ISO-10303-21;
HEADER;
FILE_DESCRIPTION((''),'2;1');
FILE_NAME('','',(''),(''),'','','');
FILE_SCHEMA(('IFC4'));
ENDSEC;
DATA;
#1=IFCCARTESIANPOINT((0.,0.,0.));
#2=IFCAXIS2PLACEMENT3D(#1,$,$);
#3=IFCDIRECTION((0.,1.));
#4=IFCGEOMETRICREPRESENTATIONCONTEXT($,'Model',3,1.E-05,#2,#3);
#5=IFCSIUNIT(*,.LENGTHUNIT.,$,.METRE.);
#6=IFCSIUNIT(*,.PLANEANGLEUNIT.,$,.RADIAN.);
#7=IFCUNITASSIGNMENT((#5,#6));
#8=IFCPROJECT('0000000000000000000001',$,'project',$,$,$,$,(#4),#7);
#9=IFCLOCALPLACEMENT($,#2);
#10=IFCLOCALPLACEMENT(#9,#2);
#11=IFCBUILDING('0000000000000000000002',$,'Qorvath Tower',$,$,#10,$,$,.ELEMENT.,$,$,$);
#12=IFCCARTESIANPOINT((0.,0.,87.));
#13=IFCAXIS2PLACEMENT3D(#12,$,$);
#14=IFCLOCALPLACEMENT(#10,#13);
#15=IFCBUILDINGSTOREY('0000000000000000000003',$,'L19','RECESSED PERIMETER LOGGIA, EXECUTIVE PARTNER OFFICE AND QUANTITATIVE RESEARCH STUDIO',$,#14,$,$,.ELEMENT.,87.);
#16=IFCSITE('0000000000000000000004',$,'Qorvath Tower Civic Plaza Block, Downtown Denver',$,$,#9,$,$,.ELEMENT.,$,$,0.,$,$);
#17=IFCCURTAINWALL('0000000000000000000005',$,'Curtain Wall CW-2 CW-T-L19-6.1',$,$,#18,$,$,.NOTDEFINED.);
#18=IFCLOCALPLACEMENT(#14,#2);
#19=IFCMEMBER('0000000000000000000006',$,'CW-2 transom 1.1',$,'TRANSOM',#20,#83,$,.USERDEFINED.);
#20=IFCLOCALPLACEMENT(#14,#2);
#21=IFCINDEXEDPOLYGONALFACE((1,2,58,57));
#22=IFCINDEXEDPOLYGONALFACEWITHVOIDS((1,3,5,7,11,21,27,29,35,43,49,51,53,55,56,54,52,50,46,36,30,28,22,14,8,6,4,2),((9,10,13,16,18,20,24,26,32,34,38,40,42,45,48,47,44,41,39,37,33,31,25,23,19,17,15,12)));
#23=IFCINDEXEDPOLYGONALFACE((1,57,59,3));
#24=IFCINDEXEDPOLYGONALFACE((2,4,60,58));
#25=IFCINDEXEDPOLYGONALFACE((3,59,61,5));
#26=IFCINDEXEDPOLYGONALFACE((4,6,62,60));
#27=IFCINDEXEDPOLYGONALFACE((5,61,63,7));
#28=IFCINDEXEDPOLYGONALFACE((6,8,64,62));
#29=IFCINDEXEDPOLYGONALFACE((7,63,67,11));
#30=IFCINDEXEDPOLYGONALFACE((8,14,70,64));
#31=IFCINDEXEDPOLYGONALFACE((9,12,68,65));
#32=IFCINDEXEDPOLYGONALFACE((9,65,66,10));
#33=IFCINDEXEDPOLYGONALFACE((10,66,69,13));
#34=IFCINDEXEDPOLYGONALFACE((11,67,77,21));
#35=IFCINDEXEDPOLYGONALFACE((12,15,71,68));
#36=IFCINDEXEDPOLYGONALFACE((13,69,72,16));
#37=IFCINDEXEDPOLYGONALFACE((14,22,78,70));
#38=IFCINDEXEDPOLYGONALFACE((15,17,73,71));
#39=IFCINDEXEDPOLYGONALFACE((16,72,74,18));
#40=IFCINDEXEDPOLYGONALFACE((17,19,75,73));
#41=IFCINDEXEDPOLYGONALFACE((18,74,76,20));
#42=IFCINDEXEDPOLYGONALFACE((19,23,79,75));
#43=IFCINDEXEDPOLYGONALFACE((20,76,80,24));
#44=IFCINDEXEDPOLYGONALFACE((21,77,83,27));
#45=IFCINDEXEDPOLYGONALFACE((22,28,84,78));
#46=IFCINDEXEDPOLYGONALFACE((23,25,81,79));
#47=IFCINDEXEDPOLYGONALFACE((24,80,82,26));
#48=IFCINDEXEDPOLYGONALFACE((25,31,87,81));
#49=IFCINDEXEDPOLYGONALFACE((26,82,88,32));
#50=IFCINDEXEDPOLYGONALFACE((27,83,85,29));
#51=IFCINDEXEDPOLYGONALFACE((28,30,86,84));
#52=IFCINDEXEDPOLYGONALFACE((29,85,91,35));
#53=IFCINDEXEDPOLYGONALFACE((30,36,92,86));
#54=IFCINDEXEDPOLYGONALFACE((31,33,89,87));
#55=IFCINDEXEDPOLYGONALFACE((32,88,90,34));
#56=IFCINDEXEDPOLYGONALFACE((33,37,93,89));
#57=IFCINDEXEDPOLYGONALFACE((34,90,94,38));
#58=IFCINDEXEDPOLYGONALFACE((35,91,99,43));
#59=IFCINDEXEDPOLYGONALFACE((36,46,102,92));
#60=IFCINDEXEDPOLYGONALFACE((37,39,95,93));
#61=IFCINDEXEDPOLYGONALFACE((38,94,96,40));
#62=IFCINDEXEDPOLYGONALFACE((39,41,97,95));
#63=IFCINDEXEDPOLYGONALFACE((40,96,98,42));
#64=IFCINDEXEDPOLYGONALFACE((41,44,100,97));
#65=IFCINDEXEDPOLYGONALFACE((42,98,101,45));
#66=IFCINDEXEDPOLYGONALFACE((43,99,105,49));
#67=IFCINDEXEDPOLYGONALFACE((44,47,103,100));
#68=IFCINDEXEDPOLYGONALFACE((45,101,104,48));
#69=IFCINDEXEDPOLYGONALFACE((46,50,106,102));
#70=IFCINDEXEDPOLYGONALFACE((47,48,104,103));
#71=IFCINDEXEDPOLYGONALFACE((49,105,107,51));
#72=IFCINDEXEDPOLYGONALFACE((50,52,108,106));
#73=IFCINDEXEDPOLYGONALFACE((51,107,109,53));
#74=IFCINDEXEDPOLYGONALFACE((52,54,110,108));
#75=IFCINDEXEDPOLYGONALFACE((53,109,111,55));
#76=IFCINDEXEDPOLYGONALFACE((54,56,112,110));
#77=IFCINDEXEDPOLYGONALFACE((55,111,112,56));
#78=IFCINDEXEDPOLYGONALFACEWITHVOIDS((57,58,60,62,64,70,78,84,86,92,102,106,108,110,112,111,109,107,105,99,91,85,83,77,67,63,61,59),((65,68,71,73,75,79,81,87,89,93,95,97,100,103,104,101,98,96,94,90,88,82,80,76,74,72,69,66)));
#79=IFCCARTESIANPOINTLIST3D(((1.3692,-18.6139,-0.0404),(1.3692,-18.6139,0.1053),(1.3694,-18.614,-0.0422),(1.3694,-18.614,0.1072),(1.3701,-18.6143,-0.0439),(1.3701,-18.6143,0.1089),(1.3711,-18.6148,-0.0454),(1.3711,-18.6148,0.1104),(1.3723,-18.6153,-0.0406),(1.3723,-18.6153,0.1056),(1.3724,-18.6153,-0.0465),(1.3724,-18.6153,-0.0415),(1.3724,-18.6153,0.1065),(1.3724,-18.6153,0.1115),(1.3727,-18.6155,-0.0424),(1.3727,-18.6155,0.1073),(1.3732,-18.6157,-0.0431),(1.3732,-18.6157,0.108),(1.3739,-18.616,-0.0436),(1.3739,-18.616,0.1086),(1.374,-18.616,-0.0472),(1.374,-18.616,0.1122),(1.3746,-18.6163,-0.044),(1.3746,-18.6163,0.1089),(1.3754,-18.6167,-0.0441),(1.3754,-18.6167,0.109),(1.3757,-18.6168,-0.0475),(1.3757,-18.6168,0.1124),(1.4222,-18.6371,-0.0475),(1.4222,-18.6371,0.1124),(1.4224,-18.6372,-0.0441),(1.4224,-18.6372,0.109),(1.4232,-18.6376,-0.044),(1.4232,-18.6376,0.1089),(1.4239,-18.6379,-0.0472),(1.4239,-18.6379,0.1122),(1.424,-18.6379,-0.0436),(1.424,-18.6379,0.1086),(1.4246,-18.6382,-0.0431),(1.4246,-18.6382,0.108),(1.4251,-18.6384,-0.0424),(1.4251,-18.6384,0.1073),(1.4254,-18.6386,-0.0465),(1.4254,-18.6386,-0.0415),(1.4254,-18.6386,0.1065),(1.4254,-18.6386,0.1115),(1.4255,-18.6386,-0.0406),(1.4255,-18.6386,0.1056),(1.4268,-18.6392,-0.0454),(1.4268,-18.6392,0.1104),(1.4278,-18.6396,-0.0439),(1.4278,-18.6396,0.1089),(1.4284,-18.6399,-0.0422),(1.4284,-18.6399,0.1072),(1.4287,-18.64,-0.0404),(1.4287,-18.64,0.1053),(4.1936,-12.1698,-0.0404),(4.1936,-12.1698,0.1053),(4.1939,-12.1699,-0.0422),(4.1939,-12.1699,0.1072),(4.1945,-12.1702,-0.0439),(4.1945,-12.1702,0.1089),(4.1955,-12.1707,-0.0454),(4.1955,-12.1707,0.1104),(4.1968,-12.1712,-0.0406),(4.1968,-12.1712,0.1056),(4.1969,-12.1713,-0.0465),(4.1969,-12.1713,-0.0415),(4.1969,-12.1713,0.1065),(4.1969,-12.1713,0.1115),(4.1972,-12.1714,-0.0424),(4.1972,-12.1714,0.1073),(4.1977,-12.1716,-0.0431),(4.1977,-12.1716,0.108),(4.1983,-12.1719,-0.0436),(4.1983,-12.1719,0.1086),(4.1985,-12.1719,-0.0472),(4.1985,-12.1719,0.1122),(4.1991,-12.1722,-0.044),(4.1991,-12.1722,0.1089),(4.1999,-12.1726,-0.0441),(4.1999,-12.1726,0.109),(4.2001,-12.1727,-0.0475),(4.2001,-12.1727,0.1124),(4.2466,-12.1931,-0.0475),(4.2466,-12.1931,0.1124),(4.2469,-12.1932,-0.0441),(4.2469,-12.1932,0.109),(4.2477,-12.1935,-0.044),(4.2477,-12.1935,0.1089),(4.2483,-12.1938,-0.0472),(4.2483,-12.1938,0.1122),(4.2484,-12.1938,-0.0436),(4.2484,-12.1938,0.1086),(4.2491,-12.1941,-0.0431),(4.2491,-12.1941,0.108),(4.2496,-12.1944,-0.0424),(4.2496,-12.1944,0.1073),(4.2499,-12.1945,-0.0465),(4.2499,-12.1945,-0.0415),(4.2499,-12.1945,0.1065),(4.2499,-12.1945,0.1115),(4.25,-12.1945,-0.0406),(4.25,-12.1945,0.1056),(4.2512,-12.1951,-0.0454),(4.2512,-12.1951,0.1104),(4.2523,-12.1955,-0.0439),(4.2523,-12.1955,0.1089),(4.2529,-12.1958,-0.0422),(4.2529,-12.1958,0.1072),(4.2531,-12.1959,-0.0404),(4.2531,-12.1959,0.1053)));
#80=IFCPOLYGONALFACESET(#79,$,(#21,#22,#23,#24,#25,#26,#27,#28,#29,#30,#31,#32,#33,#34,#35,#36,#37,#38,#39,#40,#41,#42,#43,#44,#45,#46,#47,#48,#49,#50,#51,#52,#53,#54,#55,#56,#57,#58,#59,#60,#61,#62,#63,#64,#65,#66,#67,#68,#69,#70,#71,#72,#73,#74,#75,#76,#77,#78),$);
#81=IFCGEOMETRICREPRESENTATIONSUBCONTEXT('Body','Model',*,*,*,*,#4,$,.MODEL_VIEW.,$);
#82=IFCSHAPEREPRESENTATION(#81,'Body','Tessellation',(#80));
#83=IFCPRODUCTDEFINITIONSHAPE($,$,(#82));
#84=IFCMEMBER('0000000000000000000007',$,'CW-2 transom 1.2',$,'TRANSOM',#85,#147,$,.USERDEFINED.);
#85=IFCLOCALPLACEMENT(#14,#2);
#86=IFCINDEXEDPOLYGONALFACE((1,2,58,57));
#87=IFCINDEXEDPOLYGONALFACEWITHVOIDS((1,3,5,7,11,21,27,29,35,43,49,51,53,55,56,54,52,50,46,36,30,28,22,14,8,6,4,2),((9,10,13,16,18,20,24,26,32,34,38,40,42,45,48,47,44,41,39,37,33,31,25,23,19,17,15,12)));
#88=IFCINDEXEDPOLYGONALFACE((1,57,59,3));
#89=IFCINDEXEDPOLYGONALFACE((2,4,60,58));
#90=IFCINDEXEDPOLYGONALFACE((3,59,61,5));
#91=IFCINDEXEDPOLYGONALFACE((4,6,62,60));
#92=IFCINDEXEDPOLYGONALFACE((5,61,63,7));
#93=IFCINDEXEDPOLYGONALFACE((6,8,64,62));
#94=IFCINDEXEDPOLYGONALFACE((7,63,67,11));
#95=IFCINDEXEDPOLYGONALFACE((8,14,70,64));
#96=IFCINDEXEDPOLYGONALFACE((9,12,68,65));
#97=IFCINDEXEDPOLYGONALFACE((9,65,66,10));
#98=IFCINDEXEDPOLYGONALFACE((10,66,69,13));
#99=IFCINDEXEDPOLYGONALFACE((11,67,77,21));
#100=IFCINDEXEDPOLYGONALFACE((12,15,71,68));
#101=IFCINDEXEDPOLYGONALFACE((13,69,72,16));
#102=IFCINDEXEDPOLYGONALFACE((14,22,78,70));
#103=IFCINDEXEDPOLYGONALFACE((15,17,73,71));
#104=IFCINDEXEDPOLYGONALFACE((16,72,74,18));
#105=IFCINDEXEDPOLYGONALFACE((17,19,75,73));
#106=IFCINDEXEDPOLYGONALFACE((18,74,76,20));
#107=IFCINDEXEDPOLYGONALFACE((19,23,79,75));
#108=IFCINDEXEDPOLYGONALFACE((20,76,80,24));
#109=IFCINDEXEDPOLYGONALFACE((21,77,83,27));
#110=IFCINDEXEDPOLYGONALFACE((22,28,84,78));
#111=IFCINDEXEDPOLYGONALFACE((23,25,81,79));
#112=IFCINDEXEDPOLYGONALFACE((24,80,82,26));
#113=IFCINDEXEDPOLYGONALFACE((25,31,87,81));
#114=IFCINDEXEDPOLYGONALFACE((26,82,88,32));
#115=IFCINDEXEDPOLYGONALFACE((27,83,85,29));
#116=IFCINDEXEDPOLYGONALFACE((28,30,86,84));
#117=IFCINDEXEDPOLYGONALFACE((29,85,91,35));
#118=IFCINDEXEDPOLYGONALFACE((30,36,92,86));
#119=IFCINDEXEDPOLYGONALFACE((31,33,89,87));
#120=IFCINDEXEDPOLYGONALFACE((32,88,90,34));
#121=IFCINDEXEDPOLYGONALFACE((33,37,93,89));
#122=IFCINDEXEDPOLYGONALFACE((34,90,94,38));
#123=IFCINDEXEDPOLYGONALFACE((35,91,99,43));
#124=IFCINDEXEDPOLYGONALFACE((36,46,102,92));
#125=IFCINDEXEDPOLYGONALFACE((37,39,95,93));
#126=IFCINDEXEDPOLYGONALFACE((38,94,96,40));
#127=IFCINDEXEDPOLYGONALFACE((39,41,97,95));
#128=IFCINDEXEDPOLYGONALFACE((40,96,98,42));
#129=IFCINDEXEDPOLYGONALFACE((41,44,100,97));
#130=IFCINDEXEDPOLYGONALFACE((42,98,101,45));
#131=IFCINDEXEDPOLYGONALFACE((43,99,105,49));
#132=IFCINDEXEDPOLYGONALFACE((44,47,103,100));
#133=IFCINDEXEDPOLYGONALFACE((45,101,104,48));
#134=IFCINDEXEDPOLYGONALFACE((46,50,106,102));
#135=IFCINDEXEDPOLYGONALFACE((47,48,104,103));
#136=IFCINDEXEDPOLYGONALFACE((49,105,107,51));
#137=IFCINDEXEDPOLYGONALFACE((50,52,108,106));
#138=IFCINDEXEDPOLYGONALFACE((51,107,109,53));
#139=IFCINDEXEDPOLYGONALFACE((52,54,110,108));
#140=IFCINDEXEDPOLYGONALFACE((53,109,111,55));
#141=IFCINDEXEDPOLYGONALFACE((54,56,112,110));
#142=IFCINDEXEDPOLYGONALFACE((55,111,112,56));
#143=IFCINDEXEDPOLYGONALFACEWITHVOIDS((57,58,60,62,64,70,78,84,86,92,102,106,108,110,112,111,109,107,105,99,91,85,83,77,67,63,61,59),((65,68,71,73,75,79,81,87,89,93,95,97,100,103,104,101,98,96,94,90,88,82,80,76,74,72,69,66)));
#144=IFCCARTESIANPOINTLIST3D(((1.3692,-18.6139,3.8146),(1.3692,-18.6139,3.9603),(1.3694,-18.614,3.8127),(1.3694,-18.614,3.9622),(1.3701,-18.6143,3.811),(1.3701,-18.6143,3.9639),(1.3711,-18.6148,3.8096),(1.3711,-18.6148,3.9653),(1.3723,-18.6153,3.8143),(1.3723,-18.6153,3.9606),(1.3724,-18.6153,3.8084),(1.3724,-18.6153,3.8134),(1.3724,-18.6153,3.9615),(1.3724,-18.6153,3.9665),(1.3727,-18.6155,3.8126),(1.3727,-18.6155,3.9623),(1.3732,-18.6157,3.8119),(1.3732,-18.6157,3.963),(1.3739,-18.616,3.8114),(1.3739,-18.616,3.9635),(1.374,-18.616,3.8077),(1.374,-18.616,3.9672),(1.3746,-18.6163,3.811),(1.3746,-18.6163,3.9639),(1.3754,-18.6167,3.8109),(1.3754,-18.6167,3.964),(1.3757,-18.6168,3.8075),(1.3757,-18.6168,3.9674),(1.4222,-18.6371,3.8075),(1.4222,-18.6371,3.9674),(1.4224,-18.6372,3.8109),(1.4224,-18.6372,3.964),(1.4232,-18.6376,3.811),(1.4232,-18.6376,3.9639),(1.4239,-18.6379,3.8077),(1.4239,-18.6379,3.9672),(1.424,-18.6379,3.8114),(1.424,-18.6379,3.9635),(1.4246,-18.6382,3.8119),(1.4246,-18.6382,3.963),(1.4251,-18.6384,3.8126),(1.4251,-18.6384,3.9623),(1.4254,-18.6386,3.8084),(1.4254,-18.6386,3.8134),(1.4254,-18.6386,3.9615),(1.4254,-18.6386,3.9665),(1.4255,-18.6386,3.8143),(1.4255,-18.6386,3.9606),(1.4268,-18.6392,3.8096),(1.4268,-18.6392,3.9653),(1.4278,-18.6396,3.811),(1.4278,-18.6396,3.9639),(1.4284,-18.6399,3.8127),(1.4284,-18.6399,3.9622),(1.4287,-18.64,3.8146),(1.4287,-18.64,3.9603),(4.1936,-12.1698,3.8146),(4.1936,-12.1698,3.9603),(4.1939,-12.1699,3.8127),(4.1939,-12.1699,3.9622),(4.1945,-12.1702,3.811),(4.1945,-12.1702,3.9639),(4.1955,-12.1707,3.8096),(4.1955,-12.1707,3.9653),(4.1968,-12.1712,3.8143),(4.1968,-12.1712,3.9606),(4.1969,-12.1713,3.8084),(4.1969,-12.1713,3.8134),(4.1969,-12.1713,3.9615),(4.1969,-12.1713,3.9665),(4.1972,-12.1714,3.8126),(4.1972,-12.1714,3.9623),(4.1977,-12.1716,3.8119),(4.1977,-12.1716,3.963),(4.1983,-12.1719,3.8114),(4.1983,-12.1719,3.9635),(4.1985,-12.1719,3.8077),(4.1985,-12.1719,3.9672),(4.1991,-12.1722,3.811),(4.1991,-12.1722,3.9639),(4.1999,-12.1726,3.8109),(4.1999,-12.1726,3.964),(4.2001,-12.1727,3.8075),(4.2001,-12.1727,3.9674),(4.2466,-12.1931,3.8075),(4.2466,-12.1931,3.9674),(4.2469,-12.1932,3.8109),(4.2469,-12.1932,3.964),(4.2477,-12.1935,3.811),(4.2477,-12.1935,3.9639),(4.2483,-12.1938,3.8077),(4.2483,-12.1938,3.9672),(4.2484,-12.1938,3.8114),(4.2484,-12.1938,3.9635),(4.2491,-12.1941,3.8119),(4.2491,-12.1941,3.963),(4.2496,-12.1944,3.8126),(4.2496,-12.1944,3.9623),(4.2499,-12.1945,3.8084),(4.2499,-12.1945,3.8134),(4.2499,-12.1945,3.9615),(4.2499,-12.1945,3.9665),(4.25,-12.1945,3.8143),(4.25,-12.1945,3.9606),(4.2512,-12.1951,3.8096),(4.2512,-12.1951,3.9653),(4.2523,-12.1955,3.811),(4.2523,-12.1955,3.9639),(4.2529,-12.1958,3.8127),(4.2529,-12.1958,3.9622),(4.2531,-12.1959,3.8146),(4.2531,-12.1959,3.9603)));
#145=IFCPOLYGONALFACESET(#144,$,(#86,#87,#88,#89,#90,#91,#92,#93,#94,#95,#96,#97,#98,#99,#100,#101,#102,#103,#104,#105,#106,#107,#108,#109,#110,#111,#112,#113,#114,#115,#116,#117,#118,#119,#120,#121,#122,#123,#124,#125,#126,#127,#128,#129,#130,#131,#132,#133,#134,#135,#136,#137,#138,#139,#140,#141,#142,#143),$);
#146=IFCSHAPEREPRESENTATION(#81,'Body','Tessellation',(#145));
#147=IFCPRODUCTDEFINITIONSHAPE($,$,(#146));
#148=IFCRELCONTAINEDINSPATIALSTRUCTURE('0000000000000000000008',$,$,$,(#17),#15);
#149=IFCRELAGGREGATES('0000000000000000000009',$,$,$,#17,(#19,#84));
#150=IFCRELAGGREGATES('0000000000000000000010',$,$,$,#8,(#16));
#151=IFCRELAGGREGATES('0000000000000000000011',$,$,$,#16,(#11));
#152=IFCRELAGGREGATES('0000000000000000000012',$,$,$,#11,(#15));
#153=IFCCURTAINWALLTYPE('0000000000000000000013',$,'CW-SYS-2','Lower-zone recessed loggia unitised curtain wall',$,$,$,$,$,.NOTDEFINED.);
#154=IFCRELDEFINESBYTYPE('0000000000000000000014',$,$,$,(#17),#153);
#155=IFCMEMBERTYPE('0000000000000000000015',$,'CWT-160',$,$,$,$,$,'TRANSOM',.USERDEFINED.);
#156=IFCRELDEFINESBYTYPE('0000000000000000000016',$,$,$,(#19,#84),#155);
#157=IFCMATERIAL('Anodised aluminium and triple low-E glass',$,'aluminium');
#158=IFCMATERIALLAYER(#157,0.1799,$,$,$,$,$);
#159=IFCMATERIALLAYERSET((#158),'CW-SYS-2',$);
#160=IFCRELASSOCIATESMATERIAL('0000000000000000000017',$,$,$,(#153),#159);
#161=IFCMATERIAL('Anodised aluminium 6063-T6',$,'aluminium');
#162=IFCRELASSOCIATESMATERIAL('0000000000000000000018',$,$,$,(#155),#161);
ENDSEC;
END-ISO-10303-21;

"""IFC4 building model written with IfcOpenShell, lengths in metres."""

from ifc_helpers import new_model, si_unit, direction, frame, origin, origin_2d, place, context, subcontext, project, spatial, hollow_rectangle, extrude, material, layer, layer_set, material_profile, profile_set, type_object, element, aggregate, save


model = new_model("IFC4")

# Units and contexts
model_context = context("Model", 3, precision=1e-05, world=origin(), true_north=direction((0.0, 1.0)))
body_context = subcontext(model_context, "Body", "Model", "MODEL_VIEW")
ifc_project = project(units=[si_unit("LENGTHUNIT", "METRE"), si_unit("PLANEANGLEUNIT", "RADIAN")], contexts=[model_context])

# Site, building, storey
site_placement = place(None, origin())
site = spatial("IfcSite", under=ifc_project, at=site_placement, Name="Qorvath Tower Civic Plaza Block, Downtown Denver", CompositionType="ELEMENT", RefElevation=0.0)
building_placement = place(site_placement, origin())
building = spatial("IfcBuilding", under=site, at=building_placement, Name="Qorvath Tower", CompositionType="ELEMENT")
storey_placement = place(building_placement, frame((0.0, 0.0, 87.0)))
storey = spatial("IfcBuildingStorey", under=building, at=storey_placement, Name="L19", Description="RECESSED PERIMETER LOGGIA, EXECUTIVE PARTNER OFFICE AND QUANTITATIVE RESEARCH STUDIO", CompositionType="ELEMENT", Elevation=87.0)

# Shared definitions
ifc_material_1 = material(Name="Anodised aluminium and triple low-E glass", Category="aluminium")
ifc_layer_1 = layer(ifc_material_1, 0.1799)
ifc_layer_set_1 = layer_set([ifc_layer_1], Name="CW-SYS-2")
curtain_wall_type = type_object("IfcCurtainWallType", Name="CW-SYS-2", Description="Lower-zone recessed loggia unitised curtain wall", PredefinedType="NOTDEFINED", material=ifc_layer_set_1)

# Curtain wall
curtain_wall_1_placement = place(storey_placement, origin())
curtain_wall_1 = element("IfcCurtainWall", 1, at=curtain_wall_1_placement, inside=storey, type_object=curtain_wall_type, Name="Curtain Wall CW-2 CW-T-L19-6.1", PredefinedType="NOTDEFINED")

# Members
ifc_material_2 = material(Name="Anodised aluminium 6063-T6", Category="aluminium")
ifc_material_profile_1 = material_profile(ifc_material_2, hollow_rectangle(XDim=0.0649, YDim=0.1599, WallThickness=0.0034, InnerFilletRadius=0.0034, OuterFilletRadius=0.0071, at=origin_2d()), Name="CWT 160x65")
ifc_profile_set_1 = profile_set([ifc_material_profile_1], Name="Anodised aluminium 6063-T6")
member_type_1 = type_object("IfcMemberType", Name="CWT-160", ElementType="TRANSOM", PredefinedType="USERDEFINED", material=ifc_profile_set_1)
member_1_placement = place(storey_placement, frame((1.3989, -18.627, 0.0325), z_axis=(0.401436, 0.915887, 0.0), x_axis=(-0.915887, 0.401436, 0.0)))
member_1 = element("IfcMember", 2, at=member_1_placement, type_object=member_type_1, Name="CW-2 transom 1.1", ObjectType="TRANSOM", PredefinedType="USERDEFINED", context=body_context, shape_type="SweptSolid", body=[
    extrude(hollow_rectangle(XDim=0.0649, YDim=0.1599, WallThickness=0.0034, InnerFilletRadius=0.0034, OuterFilletRadius=0.0071, at=origin_2d()), origin(), (0.0, 0.0, 1.0), 7.0359),
])
member_2_placement = place(storey_placement, frame((1.3989, -18.627, 3.8875), z_axis=(0.401436, 0.915887, 0.0), x_axis=(-0.915887, 0.401436, 0.0)))
member_2 = element("IfcMember", 3, at=member_2_placement, type_object=member_type_1, Name="CW-2 transom 1.2", ObjectType="TRANSOM", PredefinedType="USERDEFINED", context=body_context, shape_type="SweptSolid", body=[
    extrude(hollow_rectangle(XDim=0.0649, YDim=0.1599, WallThickness=0.0034, InnerFilletRadius=0.0034, OuterFilletRadius=0.0071, at=origin_2d()), origin(), (0.0, 0.0, 1.0), 7.0359),
])

aggregate(curtain_wall_1, [member_1, member_2])

save(model, "model.ifc")
